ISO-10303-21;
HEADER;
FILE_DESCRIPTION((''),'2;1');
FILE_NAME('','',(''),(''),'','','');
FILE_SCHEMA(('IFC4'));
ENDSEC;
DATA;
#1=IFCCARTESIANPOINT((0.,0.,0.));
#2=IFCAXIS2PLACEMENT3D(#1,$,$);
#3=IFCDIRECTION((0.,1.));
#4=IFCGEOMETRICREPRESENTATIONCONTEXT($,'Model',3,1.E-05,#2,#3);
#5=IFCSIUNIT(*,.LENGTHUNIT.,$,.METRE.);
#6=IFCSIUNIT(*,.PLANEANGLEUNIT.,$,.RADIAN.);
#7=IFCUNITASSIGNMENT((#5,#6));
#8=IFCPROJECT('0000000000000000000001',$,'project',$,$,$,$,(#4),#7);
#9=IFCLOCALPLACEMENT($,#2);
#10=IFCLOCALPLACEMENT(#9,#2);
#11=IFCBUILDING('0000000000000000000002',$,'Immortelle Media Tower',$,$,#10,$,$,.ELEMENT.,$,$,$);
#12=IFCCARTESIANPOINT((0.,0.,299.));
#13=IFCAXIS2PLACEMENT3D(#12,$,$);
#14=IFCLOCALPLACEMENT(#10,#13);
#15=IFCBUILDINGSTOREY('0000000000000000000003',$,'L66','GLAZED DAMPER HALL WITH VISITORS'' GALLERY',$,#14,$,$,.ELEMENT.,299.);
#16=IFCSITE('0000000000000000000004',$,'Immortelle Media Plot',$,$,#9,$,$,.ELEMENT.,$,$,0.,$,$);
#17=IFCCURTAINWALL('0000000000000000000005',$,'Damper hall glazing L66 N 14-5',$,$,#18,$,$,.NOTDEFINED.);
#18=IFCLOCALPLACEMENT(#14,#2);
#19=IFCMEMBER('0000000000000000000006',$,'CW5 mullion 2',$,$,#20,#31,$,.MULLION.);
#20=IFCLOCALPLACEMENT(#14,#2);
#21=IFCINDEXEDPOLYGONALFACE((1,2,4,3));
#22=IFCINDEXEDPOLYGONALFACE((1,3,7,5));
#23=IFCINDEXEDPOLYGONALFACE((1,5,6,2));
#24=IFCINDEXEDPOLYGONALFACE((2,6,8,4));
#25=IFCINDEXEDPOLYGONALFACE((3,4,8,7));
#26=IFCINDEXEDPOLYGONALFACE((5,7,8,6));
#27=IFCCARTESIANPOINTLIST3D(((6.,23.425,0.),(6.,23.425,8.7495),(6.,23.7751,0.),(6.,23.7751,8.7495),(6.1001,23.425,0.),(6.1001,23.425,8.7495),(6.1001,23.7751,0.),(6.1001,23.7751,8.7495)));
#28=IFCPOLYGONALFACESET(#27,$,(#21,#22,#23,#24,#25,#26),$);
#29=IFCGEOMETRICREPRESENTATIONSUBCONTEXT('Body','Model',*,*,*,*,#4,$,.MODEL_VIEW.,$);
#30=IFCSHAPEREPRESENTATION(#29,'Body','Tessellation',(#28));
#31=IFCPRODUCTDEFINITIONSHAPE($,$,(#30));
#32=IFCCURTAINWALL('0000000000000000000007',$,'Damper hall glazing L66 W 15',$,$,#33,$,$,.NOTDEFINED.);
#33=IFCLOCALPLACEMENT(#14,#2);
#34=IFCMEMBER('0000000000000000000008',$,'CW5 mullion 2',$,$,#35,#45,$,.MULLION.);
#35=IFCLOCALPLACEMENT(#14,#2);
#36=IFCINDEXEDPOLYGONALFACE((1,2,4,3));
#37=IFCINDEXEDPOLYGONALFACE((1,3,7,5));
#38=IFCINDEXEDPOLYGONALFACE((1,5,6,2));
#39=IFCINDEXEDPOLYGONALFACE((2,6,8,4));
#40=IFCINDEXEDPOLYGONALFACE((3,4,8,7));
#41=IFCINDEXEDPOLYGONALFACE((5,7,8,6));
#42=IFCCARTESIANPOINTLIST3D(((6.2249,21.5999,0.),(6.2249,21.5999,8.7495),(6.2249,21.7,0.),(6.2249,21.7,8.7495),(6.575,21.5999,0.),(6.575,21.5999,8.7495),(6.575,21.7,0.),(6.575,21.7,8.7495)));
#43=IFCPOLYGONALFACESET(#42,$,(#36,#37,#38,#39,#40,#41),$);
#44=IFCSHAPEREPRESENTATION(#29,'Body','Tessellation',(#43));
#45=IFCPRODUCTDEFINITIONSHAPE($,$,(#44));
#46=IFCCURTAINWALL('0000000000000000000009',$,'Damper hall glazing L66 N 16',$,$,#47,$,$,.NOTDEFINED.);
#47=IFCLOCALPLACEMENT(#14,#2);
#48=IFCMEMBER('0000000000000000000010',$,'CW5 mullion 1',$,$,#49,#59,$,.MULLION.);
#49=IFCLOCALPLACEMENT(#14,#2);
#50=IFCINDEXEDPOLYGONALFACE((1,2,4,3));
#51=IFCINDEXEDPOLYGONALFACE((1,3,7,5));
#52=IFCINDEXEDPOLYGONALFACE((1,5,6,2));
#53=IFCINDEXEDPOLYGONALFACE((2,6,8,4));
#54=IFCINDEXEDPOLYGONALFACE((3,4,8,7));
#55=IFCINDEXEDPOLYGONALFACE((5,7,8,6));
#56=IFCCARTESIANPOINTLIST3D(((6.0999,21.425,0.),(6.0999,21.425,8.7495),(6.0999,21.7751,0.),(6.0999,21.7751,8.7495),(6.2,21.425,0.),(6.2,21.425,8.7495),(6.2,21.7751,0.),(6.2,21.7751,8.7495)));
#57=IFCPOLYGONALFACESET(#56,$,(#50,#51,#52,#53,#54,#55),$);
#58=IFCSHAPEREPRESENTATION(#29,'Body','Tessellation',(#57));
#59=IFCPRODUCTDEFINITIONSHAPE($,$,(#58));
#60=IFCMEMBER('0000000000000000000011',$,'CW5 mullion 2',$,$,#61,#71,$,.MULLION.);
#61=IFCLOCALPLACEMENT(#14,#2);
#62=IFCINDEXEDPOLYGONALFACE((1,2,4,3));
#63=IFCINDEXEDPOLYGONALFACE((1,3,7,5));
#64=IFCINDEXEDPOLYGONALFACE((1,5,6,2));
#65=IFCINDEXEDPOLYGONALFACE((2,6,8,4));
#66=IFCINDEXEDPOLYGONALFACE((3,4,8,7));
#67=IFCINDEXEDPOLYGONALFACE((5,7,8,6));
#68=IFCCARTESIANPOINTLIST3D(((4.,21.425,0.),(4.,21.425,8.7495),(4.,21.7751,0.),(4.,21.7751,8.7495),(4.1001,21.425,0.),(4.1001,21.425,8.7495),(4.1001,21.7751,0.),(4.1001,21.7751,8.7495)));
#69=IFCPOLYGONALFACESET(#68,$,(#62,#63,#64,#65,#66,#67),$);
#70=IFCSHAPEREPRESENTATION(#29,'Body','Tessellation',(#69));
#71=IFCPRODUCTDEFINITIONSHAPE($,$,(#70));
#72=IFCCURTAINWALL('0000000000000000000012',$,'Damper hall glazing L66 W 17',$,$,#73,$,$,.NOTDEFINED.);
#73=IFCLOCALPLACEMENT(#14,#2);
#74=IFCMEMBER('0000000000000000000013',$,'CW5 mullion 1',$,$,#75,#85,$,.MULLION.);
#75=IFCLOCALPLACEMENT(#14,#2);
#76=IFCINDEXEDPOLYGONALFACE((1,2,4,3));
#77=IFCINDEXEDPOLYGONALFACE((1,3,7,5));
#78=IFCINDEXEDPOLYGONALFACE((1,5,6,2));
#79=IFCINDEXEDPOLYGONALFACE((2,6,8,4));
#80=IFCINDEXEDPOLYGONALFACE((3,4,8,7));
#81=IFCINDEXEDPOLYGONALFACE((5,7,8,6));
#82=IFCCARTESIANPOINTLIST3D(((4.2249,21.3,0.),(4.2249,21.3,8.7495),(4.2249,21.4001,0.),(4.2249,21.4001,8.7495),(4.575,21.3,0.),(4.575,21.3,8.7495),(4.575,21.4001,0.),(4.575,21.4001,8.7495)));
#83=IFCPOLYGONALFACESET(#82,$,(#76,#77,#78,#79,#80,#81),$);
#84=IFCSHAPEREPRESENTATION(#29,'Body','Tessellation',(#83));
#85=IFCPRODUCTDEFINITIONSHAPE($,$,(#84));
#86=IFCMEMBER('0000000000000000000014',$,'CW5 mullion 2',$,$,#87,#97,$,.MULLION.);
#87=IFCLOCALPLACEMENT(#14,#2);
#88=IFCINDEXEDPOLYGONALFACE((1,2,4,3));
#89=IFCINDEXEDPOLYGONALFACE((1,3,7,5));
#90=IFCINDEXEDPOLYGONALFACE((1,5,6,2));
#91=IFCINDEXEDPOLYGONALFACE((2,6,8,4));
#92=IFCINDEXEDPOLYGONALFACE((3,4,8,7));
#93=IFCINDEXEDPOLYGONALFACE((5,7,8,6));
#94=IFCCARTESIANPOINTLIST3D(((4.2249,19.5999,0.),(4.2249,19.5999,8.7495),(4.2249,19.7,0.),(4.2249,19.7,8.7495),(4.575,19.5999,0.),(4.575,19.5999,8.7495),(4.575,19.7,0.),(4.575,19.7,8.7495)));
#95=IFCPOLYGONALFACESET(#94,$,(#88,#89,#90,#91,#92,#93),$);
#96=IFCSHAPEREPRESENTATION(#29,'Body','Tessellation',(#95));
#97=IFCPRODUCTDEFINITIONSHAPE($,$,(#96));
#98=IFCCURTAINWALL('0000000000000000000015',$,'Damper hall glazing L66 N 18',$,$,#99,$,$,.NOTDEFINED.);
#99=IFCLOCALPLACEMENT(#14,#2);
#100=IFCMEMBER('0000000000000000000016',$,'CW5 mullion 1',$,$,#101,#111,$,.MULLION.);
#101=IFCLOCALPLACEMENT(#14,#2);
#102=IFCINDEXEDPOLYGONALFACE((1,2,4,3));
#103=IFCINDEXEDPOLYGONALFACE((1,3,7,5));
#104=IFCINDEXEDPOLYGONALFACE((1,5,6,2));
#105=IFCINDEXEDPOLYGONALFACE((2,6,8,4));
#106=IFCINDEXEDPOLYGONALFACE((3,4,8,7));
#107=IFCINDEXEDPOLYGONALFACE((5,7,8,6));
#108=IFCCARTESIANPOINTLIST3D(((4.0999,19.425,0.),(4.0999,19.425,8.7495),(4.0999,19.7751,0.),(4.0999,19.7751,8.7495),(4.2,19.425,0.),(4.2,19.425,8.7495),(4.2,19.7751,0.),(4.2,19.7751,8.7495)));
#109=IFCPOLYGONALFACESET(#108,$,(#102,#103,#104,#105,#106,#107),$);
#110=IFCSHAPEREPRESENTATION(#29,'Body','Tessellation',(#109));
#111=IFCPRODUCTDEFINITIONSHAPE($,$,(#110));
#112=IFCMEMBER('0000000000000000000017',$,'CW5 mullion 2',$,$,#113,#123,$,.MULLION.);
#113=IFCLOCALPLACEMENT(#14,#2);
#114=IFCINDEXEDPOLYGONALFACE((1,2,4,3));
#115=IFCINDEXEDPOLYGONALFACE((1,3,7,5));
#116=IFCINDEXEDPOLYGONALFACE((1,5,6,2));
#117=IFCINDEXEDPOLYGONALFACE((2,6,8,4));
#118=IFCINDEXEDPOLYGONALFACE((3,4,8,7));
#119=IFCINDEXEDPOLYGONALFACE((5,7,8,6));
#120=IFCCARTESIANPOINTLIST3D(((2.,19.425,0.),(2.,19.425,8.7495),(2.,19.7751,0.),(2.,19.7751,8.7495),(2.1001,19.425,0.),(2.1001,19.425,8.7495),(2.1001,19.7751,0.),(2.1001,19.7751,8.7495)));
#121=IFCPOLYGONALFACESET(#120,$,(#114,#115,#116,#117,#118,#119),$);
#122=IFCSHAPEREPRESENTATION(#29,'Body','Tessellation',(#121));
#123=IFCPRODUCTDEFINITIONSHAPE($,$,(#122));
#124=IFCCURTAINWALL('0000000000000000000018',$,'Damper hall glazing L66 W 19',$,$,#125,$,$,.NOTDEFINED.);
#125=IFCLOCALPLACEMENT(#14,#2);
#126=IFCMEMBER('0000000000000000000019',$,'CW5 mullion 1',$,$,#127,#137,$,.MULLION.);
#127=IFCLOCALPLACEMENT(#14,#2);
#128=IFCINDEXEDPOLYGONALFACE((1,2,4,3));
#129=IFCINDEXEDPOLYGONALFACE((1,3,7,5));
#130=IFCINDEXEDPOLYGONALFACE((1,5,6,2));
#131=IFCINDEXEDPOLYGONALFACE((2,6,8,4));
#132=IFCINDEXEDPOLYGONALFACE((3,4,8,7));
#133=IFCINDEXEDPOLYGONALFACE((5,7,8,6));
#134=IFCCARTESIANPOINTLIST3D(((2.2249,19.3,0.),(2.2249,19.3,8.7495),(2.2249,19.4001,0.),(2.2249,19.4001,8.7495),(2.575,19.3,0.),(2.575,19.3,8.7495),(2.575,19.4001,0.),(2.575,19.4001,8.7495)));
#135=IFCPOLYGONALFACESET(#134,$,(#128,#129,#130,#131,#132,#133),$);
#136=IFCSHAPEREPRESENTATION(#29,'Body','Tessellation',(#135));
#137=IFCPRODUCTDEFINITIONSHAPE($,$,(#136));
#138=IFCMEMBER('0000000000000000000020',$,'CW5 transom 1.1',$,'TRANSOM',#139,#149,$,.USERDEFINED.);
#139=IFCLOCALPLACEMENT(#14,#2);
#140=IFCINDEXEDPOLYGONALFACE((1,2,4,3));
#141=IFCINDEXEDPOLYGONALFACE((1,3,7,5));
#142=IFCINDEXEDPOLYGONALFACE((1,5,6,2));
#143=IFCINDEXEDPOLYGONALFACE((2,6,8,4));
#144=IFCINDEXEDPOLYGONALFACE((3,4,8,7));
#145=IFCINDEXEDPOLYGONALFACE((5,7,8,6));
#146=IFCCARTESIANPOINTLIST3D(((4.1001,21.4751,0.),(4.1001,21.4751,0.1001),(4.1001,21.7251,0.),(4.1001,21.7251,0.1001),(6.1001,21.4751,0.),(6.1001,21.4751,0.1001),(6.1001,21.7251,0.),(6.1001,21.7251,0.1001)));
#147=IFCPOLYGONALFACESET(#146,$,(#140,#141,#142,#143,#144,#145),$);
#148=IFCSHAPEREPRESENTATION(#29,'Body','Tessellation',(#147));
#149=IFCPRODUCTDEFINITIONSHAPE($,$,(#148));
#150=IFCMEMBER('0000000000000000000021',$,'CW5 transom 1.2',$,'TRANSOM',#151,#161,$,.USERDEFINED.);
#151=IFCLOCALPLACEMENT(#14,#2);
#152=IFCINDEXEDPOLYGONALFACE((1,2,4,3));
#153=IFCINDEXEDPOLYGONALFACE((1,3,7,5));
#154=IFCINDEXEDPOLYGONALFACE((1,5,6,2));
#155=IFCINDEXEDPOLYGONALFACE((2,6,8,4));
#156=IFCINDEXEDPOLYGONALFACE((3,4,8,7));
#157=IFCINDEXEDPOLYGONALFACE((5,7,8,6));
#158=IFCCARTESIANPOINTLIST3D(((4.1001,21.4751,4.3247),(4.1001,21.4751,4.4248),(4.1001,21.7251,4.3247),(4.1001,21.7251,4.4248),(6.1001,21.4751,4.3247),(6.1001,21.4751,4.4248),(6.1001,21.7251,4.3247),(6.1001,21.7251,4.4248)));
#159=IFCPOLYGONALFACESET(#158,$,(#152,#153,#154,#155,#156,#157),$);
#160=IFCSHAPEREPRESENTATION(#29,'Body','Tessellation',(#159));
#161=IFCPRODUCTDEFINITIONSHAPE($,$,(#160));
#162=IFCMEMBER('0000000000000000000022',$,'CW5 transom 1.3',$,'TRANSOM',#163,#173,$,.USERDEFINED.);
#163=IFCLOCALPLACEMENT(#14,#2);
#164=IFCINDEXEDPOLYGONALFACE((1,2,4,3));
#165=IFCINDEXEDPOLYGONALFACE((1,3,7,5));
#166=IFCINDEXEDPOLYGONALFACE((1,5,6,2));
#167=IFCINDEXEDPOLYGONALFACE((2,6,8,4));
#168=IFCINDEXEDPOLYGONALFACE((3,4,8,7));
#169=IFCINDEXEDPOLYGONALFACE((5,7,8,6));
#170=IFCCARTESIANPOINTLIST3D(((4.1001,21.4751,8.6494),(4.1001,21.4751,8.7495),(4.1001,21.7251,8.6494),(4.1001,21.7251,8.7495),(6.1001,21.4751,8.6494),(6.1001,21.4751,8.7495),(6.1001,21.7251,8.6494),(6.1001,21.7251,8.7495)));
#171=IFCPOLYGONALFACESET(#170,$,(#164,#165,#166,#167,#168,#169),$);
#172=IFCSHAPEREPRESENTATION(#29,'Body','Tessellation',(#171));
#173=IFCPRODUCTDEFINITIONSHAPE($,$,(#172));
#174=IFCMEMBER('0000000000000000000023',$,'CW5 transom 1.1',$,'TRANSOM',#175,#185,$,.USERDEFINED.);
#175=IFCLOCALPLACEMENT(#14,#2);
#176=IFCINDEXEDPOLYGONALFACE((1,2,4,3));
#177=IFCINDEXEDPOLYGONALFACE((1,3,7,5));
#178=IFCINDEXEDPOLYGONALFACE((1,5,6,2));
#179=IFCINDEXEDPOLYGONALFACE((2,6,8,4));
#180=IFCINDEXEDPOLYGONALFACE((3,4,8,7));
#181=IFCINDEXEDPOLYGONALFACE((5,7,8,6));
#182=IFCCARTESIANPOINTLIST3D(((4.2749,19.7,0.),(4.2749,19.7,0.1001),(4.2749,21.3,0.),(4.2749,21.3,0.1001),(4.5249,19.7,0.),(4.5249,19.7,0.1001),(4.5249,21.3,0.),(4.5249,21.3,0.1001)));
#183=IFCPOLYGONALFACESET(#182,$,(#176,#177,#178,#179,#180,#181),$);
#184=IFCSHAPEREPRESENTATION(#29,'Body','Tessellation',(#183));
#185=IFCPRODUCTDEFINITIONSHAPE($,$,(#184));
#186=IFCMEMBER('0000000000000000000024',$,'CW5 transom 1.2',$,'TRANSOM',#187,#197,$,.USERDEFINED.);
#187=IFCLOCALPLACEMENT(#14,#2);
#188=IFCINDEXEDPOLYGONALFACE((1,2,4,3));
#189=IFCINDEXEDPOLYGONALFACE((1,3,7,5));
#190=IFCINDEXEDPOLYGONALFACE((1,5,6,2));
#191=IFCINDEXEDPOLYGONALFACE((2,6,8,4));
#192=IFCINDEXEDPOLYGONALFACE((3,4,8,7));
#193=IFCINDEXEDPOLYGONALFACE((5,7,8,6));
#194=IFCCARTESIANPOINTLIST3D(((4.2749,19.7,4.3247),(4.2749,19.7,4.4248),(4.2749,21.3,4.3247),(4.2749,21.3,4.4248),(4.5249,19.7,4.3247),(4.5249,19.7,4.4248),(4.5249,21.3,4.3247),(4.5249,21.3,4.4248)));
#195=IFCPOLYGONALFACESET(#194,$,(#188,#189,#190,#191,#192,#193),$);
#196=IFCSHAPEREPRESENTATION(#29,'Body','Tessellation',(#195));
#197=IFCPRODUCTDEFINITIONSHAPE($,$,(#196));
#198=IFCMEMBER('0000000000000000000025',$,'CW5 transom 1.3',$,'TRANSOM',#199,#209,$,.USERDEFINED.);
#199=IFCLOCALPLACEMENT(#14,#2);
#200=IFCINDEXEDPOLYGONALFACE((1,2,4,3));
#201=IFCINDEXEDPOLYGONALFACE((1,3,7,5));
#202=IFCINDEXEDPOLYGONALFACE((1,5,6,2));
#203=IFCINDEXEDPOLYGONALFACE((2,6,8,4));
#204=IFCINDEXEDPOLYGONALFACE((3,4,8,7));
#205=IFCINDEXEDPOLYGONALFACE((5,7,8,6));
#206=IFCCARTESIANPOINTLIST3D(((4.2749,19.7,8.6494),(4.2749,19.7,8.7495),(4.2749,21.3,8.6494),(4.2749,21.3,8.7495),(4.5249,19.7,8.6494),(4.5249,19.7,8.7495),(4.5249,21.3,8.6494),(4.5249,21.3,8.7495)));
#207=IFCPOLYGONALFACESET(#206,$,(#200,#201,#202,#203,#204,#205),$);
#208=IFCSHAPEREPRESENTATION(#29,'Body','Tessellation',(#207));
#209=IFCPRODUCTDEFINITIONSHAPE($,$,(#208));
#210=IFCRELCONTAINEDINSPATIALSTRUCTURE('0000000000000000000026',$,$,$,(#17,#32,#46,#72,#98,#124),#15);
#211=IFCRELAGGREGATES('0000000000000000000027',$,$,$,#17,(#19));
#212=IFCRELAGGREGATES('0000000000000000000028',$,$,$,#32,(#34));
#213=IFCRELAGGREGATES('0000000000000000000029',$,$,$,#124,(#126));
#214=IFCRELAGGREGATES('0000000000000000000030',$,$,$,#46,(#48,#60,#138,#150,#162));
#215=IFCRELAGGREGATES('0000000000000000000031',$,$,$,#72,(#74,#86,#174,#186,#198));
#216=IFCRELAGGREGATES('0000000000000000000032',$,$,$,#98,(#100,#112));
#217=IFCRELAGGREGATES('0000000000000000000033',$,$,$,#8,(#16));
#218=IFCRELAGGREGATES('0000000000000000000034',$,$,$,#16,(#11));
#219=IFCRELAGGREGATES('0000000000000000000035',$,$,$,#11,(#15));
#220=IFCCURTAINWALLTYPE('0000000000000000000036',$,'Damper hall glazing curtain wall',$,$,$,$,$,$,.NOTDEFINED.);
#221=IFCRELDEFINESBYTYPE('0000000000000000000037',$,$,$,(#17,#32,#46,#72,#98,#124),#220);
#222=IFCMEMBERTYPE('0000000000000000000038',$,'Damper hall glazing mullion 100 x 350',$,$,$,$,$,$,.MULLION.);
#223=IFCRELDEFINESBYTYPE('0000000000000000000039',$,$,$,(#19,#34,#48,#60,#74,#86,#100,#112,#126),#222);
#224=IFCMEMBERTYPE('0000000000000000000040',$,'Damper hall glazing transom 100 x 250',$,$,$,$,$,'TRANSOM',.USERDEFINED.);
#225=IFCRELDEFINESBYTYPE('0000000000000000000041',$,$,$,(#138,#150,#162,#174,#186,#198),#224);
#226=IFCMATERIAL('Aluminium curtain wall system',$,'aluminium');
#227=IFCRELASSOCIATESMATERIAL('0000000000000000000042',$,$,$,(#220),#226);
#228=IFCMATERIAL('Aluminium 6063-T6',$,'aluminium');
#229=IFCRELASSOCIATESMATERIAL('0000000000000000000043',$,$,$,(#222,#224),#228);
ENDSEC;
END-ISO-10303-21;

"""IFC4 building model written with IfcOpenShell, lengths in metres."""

from ifc_helpers import new_model, si_unit, direction, frame, origin, origin_2d, place, context, subcontext, project, spatial, rectangle, extrude, material, material_profile, profile_set, type_object, element, aggregate, save


model = new_model("IFC4")

# Units and contexts
model_context = context("Model", 3, precision=1e-05, world=origin(), true_north=direction((0.0, 1.0)))
body_context = subcontext(model_context, "Body", "Model", "MODEL_VIEW")
ifc_project = project(units=[si_unit("LENGTHUNIT", "METRE"), si_unit("PLANEANGLEUNIT", "RADIAN")], contexts=[model_context])

# Site, building, storey
site_placement = place(None, origin())
site = spatial("IfcSite", under=ifc_project, at=site_placement, Name="Immortelle Media Plot", CompositionType="ELEMENT", RefElevation=0.0)
building_placement = place(site_placement, origin())
building = spatial("IfcBuilding", under=site, at=building_placement, Name="Immortelle Media Tower", CompositionType="ELEMENT")
storey_placement = place(building_placement, frame((0.0, 0.0, 299.0)))
storey = spatial("IfcBuildingStorey", under=building, at=storey_placement, Name="L66", Description="GLAZED DAMPER HALL WITH VISITORS' GALLERY", CompositionType="ELEMENT", Elevation=299.0)

# Curtain walls, members
ifc_material_1 = material(Name="Aluminium curtain wall system", Category="aluminium")
curtain_wall_type = type_object("IfcCurtainWallType", Name="Damper hall glazing curtain wall", PredefinedType="NOTDEFINED", material=ifc_material_1)
curtain_wall_1_placement = place(storey_placement, origin())
curtain_wall_1 = element("IfcCurtainWall", 1, at=curtain_wall_1_placement, inside=storey, type_object=curtain_wall_type, Name="Damper hall glazing L66 N 14-5", PredefinedType="NOTDEFINED")
ifc_material_2 = material(Name="Aluminium 6063-T6", Category="aluminium")
ifc_material_profile_1 = material_profile(ifc_material_2, rectangle(XDim=0.3501, YDim=0.1001, at=origin_2d()), Name="AL 100x350")
ifc_profile_set_1 = profile_set([ifc_material_profile_1], Name="Aluminium 6063-T6")
member_type_1 = type_object("IfcMemberType", Name="Damper hall glazing mullion 100 x 350", PredefinedType="MULLION", material=ifc_profile_set_1)
member_1_placement = place(storey_placement, frame((6.05, 23.6001, 0.0), z_axis=(0.0, 0.0, 1.0), x_axis=(0.0, -1.0, 0.0)))
member_1 = element("IfcMember", 2, at=member_1_placement, type_object=member_type_1, Name="CW5 mullion 2", PredefinedType="MULLION", context=body_context, shape_type="SweptSolid", body=[
    extrude(rectangle(XDim=0.3501, YDim=0.1001, at=origin_2d()), origin(), (0.0, 0.0, 1.0), 8.7495),
])
aggregate(curtain_wall_1, [member_1])
curtain_wall_2_placement = place(storey_placement, origin())
curtain_wall_2 = element("IfcCurtainWall", 3, at=curtain_wall_2_placement, inside=storey, type_object=curtain_wall_type, Name="Damper hall glazing L66 W 15", PredefinedType="NOTDEFINED")
member_2_placement = place(storey_placement, frame((6.3999, 21.6499, 0.0), z_axis=(0.0, 0.0, 1.0), x_axis=(1.0, 0.0, 0.0)))
member_2 = element("IfcMember", 4, at=member_2_placement, type_object=member_type_1, Name="CW5 mullion 2", PredefinedType="MULLION", context=body_context, shape_type="SweptSolid", body=[
    extrude(rectangle(XDim=0.3501, YDim=0.1001, at=origin_2d()), origin(), (0.0, 0.0, 1.0), 8.7495),
])
aggregate(curtain_wall_2, [member_2])

# Curtain walls, members
curtain_wall_3_placement = place(storey_placement, origin())
curtain_wall_3 = element("IfcCurtainWall", 5, at=curtain_wall_3_placement, inside=storey, type_object=curtain_wall_type, Name="Damper hall glazing L66 N 16", PredefinedType="NOTDEFINED")
member_3_placement = place(storey_placement, frame((6.1499, 21.6001, 0.0), z_axis=(0.0, 0.0, 1.0), x_axis=(0.0, -1.0, 0.0)))
member_3 = element("IfcMember", 6, at=member_3_placement, type_object=member_type_1, Name="CW5 mullion 1", PredefinedType="MULLION", context=body_context, shape_type="SweptSolid", body=[
    extrude(rectangle(XDim=0.3501, YDim=0.1001, at=origin_2d()), origin(), (0.0, 0.0, 1.0), 8.7495),
])
member_4_placement = place(storey_placement, frame((4.05, 21.6001, 0.0), z_axis=(0.0, 0.0, 1.0), x_axis=(0.0, -1.0, 0.0)))
member_4 = element("IfcMember", 7, at=member_4_placement, type_object=member_type_1, Name="CW5 mullion 2", PredefinedType="MULLION", context=body_context, shape_type="SweptSolid", body=[
    extrude(rectangle(XDim=0.3501, YDim=0.1001, at=origin_2d()), origin(), (0.0, 0.0, 1.0), 8.7495),
])
curtain_wall_4_placement = place(storey_placement, origin())
curtain_wall_4 = element("IfcCurtainWall", 8, at=curtain_wall_4_placement, inside=storey, type_object=curtain_wall_type, Name="Damper hall glazing L66 W 17", PredefinedType="NOTDEFINED")
member_5_placement = place(storey_placement, frame((4.3999, 21.3501, 0.0), z_axis=(0.0, 0.0, 1.0), x_axis=(1.0, 0.0, 0.0)))
member_5 = element("IfcMember", 9, at=member_5_placement, type_object=member_type_1, Name="CW5 mullion 1", PredefinedType="MULLION", context=body_context, shape_type="SweptSolid", body=[
    extrude(rectangle(XDim=0.3501, YDim=0.1001, at=origin_2d()), origin(), (0.0, 0.0, 1.0), 8.7495),
])
member_6_placement = place(storey_placement, frame((4.3999, 19.6499, 0.0), z_axis=(0.0, 0.0, 1.0), x_axis=(1.0, 0.0, 0.0)))
member_6 = element("IfcMember", 10, at=member_6_placement, type_object=member_type_1, Name="CW5 mullion 2", PredefinedType="MULLION", context=body_context, shape_type="SweptSolid", body=[
    extrude(rectangle(XDim=0.3501, YDim=0.1001, at=origin_2d()), origin(), (0.0, 0.0, 1.0), 8.7495),
])
curtain_wall_5_placement = place(storey_placement, origin())
curtain_wall_5 = element("IfcCurtainWall", 11, at=curtain_wall_5_placement, inside=storey, type_object=curtain_wall_type, Name="Damper hall glazing L66 N 18", PredefinedType="NOTDEFINED")
member_7_placement = place(storey_placement, frame((4.1499, 19.6001, 0.0), z_axis=(0.0, 0.0, 1.0), x_axis=(0.0, -1.0, 0.0)))
member_7 = element("IfcMember", 12, at=member_7_placement, type_object=member_type_1, Name="CW5 mullion 1", PredefinedType="MULLION", context=body_context, shape_type="SweptSolid", body=[
    extrude(rectangle(XDim=0.3501, YDim=0.1001, at=origin_2d()), origin(), (0.0, 0.0, 1.0), 8.7495),
])
member_8_placement = place(storey_placement, frame((2.05, 19.6001, 0.0), z_axis=(0.0, 0.0, 1.0), x_axis=(0.0, -1.0, 0.0)))
member_8 = element("IfcMember", 13, at=member_8_placement, type_object=member_type_1, Name="CW5 mullion 2", PredefinedType="MULLION", context=body_context, shape_type="SweptSolid", body=[
    extrude(rectangle(XDim=0.3501, YDim=0.1001, at=origin_2d()), origin(), (0.0, 0.0, 1.0), 8.7495),
])

# Curtain wall, member
curtain_wall_6_placement = place(storey_placement, origin())
curtain_wall_6 = element("IfcCurtainWall", 14, at=curtain_wall_6_placement, inside=storey, type_object=curtain_wall_type, Name="Damper hall glazing L66 W 19", PredefinedType="NOTDEFINED")
member_9_placement = place(storey_placement, frame((2.3999, 19.3501, 0.0), z_axis=(0.0, 0.0, 1.0), x_axis=(1.0, 0.0, 0.0)))
member_9 = element("IfcMember", 15, at=member_9_placement, type_object=member_type_1, Name="CW5 mullion 1", PredefinedType="MULLION", context=body_context, shape_type="SweptSolid", body=[
    extrude(rectangle(XDim=0.3501, YDim=0.1001, at=origin_2d()), origin(), (0.0, 0.0, 1.0), 8.7495),
])

# Members
ifc_material_profile_2 = material_profile(ifc_material_2, rectangle(XDim=0.25, YDim=0.1001, at=origin_2d()), Name="AL 100x250")
ifc_profile_set_2 = profile_set([ifc_material_profile_2], Name="Aluminium 6063-T6")
member_type_2 = type_object("IfcMemberType", Name="Damper hall glazing transom 100 x 250", ElementType="TRANSOM", PredefinedType="USERDEFINED", material=ifc_profile_set_2)
member_10_placement = place(storey_placement, frame((6.1001, 21.6001, 0.05), z_axis=(-1.0, 0.0, 0.0), x_axis=(0.0, -1.0, 0.0)))
member_10 = element("IfcMember", 16, at=member_10_placement, type_object=member_type_2, Name="CW5 transom 1.1", ObjectType="TRANSOM", PredefinedType="USERDEFINED", context=body_context, shape_type="SweptSolid", body=[
    extrude(rectangle(XDim=0.25, YDim=0.1001, at=origin_2d()), origin(), (0.0, 0.0, 1.0), 2.0),
])
member_11_placement = place(storey_placement, frame((6.1001, 21.6001, 4.3748), z_axis=(-1.0, 0.0, 0.0), x_axis=(0.0, -1.0, 0.0)))
member_11 = element("IfcMember", 17, at=member_11_placement, type_object=member_type_2, Name="CW5 transom 1.2", ObjectType="TRANSOM", PredefinedType="USERDEFINED", context=body_context, shape_type="SweptSolid", body=[
    extrude(rectangle(XDim=0.25, YDim=0.1001, at=origin_2d()), origin(), (0.0, 0.0, 1.0), 2.0),
])
member_12_placement = place(storey_placement, frame((6.1001, 21.6001, 8.6995), z_axis=(-1.0, 0.0, 0.0), x_axis=(0.0, -1.0, 0.0)))
member_12 = element("IfcMember", 18, at=member_12_placement, type_object=member_type_2, Name="CW5 transom 1.3", ObjectType="TRANSOM", PredefinedType="USERDEFINED", context=body_context, shape_type="SweptSolid", body=[
    extrude(rectangle(XDim=0.25, YDim=0.1001, at=origin_2d()), origin(), (0.0, 0.0, 1.0), 2.0),
])
member_13_placement = place(storey_placement, frame((4.3999, 21.3, 0.05), z_axis=(0.0, -1.0, 0.0), x_axis=(1.0, 0.0, 0.0)))
member_13 = element("IfcMember", 19, at=member_13_placement, type_object=member_type_2, Name="CW5 transom 1.1", ObjectType="TRANSOM", PredefinedType="USERDEFINED", context=body_context, shape_type="SweptSolid", body=[
    extrude(rectangle(XDim=0.25, YDim=0.1001, at=origin_2d()), origin(), (0.0, 0.0, 1.0), 1.6001),
])
member_14_placement = place(storey_placement, frame((4.3999, 21.3, 4.3748), z_axis=(0.0, -1.0, 0.0), x_axis=(1.0, 0.0, 0.0)))
member_14 = element("IfcMember", 20, at=member_14_placement, type_object=member_type_2, Name="CW5 transom 1.2", ObjectType="TRANSOM", PredefinedType="USERDEFINED", context=body_context, shape_type="SweptSolid", body=[
    extrude(rectangle(XDim=0.25, YDim=0.1001, at=origin_2d()), origin(), (0.0, 0.0, 1.0), 1.6001),
])
member_15_placement = place(storey_placement, frame((4.3999, 21.3, 8.6995), z_axis=(0.0, -1.0, 0.0), x_axis=(1.0, 0.0, 0.0)))
member_15 = element("IfcMember", 21, at=member_15_placement, type_object=member_type_2, Name="CW5 transom 1.3", ObjectType="TRANSOM", PredefinedType="USERDEFINED", context=body_context, shape_type="SweptSolid", body=[
    extrude(rectangle(XDim=0.25, YDim=0.1001, at=origin_2d()), origin(), (0.0, 0.0, 1.0), 1.6001),
])
aggregate(curtain_wall_6, [member_9])

aggregate(curtain_wall_3, [member_3, member_4, member_10, member_11, member_12])
aggregate(curtain_wall_4, [member_5, member_6, member_13, member_14, member_15])
aggregate(curtain_wall_5, [member_7, member_8])

save(model, "model.ifc")
